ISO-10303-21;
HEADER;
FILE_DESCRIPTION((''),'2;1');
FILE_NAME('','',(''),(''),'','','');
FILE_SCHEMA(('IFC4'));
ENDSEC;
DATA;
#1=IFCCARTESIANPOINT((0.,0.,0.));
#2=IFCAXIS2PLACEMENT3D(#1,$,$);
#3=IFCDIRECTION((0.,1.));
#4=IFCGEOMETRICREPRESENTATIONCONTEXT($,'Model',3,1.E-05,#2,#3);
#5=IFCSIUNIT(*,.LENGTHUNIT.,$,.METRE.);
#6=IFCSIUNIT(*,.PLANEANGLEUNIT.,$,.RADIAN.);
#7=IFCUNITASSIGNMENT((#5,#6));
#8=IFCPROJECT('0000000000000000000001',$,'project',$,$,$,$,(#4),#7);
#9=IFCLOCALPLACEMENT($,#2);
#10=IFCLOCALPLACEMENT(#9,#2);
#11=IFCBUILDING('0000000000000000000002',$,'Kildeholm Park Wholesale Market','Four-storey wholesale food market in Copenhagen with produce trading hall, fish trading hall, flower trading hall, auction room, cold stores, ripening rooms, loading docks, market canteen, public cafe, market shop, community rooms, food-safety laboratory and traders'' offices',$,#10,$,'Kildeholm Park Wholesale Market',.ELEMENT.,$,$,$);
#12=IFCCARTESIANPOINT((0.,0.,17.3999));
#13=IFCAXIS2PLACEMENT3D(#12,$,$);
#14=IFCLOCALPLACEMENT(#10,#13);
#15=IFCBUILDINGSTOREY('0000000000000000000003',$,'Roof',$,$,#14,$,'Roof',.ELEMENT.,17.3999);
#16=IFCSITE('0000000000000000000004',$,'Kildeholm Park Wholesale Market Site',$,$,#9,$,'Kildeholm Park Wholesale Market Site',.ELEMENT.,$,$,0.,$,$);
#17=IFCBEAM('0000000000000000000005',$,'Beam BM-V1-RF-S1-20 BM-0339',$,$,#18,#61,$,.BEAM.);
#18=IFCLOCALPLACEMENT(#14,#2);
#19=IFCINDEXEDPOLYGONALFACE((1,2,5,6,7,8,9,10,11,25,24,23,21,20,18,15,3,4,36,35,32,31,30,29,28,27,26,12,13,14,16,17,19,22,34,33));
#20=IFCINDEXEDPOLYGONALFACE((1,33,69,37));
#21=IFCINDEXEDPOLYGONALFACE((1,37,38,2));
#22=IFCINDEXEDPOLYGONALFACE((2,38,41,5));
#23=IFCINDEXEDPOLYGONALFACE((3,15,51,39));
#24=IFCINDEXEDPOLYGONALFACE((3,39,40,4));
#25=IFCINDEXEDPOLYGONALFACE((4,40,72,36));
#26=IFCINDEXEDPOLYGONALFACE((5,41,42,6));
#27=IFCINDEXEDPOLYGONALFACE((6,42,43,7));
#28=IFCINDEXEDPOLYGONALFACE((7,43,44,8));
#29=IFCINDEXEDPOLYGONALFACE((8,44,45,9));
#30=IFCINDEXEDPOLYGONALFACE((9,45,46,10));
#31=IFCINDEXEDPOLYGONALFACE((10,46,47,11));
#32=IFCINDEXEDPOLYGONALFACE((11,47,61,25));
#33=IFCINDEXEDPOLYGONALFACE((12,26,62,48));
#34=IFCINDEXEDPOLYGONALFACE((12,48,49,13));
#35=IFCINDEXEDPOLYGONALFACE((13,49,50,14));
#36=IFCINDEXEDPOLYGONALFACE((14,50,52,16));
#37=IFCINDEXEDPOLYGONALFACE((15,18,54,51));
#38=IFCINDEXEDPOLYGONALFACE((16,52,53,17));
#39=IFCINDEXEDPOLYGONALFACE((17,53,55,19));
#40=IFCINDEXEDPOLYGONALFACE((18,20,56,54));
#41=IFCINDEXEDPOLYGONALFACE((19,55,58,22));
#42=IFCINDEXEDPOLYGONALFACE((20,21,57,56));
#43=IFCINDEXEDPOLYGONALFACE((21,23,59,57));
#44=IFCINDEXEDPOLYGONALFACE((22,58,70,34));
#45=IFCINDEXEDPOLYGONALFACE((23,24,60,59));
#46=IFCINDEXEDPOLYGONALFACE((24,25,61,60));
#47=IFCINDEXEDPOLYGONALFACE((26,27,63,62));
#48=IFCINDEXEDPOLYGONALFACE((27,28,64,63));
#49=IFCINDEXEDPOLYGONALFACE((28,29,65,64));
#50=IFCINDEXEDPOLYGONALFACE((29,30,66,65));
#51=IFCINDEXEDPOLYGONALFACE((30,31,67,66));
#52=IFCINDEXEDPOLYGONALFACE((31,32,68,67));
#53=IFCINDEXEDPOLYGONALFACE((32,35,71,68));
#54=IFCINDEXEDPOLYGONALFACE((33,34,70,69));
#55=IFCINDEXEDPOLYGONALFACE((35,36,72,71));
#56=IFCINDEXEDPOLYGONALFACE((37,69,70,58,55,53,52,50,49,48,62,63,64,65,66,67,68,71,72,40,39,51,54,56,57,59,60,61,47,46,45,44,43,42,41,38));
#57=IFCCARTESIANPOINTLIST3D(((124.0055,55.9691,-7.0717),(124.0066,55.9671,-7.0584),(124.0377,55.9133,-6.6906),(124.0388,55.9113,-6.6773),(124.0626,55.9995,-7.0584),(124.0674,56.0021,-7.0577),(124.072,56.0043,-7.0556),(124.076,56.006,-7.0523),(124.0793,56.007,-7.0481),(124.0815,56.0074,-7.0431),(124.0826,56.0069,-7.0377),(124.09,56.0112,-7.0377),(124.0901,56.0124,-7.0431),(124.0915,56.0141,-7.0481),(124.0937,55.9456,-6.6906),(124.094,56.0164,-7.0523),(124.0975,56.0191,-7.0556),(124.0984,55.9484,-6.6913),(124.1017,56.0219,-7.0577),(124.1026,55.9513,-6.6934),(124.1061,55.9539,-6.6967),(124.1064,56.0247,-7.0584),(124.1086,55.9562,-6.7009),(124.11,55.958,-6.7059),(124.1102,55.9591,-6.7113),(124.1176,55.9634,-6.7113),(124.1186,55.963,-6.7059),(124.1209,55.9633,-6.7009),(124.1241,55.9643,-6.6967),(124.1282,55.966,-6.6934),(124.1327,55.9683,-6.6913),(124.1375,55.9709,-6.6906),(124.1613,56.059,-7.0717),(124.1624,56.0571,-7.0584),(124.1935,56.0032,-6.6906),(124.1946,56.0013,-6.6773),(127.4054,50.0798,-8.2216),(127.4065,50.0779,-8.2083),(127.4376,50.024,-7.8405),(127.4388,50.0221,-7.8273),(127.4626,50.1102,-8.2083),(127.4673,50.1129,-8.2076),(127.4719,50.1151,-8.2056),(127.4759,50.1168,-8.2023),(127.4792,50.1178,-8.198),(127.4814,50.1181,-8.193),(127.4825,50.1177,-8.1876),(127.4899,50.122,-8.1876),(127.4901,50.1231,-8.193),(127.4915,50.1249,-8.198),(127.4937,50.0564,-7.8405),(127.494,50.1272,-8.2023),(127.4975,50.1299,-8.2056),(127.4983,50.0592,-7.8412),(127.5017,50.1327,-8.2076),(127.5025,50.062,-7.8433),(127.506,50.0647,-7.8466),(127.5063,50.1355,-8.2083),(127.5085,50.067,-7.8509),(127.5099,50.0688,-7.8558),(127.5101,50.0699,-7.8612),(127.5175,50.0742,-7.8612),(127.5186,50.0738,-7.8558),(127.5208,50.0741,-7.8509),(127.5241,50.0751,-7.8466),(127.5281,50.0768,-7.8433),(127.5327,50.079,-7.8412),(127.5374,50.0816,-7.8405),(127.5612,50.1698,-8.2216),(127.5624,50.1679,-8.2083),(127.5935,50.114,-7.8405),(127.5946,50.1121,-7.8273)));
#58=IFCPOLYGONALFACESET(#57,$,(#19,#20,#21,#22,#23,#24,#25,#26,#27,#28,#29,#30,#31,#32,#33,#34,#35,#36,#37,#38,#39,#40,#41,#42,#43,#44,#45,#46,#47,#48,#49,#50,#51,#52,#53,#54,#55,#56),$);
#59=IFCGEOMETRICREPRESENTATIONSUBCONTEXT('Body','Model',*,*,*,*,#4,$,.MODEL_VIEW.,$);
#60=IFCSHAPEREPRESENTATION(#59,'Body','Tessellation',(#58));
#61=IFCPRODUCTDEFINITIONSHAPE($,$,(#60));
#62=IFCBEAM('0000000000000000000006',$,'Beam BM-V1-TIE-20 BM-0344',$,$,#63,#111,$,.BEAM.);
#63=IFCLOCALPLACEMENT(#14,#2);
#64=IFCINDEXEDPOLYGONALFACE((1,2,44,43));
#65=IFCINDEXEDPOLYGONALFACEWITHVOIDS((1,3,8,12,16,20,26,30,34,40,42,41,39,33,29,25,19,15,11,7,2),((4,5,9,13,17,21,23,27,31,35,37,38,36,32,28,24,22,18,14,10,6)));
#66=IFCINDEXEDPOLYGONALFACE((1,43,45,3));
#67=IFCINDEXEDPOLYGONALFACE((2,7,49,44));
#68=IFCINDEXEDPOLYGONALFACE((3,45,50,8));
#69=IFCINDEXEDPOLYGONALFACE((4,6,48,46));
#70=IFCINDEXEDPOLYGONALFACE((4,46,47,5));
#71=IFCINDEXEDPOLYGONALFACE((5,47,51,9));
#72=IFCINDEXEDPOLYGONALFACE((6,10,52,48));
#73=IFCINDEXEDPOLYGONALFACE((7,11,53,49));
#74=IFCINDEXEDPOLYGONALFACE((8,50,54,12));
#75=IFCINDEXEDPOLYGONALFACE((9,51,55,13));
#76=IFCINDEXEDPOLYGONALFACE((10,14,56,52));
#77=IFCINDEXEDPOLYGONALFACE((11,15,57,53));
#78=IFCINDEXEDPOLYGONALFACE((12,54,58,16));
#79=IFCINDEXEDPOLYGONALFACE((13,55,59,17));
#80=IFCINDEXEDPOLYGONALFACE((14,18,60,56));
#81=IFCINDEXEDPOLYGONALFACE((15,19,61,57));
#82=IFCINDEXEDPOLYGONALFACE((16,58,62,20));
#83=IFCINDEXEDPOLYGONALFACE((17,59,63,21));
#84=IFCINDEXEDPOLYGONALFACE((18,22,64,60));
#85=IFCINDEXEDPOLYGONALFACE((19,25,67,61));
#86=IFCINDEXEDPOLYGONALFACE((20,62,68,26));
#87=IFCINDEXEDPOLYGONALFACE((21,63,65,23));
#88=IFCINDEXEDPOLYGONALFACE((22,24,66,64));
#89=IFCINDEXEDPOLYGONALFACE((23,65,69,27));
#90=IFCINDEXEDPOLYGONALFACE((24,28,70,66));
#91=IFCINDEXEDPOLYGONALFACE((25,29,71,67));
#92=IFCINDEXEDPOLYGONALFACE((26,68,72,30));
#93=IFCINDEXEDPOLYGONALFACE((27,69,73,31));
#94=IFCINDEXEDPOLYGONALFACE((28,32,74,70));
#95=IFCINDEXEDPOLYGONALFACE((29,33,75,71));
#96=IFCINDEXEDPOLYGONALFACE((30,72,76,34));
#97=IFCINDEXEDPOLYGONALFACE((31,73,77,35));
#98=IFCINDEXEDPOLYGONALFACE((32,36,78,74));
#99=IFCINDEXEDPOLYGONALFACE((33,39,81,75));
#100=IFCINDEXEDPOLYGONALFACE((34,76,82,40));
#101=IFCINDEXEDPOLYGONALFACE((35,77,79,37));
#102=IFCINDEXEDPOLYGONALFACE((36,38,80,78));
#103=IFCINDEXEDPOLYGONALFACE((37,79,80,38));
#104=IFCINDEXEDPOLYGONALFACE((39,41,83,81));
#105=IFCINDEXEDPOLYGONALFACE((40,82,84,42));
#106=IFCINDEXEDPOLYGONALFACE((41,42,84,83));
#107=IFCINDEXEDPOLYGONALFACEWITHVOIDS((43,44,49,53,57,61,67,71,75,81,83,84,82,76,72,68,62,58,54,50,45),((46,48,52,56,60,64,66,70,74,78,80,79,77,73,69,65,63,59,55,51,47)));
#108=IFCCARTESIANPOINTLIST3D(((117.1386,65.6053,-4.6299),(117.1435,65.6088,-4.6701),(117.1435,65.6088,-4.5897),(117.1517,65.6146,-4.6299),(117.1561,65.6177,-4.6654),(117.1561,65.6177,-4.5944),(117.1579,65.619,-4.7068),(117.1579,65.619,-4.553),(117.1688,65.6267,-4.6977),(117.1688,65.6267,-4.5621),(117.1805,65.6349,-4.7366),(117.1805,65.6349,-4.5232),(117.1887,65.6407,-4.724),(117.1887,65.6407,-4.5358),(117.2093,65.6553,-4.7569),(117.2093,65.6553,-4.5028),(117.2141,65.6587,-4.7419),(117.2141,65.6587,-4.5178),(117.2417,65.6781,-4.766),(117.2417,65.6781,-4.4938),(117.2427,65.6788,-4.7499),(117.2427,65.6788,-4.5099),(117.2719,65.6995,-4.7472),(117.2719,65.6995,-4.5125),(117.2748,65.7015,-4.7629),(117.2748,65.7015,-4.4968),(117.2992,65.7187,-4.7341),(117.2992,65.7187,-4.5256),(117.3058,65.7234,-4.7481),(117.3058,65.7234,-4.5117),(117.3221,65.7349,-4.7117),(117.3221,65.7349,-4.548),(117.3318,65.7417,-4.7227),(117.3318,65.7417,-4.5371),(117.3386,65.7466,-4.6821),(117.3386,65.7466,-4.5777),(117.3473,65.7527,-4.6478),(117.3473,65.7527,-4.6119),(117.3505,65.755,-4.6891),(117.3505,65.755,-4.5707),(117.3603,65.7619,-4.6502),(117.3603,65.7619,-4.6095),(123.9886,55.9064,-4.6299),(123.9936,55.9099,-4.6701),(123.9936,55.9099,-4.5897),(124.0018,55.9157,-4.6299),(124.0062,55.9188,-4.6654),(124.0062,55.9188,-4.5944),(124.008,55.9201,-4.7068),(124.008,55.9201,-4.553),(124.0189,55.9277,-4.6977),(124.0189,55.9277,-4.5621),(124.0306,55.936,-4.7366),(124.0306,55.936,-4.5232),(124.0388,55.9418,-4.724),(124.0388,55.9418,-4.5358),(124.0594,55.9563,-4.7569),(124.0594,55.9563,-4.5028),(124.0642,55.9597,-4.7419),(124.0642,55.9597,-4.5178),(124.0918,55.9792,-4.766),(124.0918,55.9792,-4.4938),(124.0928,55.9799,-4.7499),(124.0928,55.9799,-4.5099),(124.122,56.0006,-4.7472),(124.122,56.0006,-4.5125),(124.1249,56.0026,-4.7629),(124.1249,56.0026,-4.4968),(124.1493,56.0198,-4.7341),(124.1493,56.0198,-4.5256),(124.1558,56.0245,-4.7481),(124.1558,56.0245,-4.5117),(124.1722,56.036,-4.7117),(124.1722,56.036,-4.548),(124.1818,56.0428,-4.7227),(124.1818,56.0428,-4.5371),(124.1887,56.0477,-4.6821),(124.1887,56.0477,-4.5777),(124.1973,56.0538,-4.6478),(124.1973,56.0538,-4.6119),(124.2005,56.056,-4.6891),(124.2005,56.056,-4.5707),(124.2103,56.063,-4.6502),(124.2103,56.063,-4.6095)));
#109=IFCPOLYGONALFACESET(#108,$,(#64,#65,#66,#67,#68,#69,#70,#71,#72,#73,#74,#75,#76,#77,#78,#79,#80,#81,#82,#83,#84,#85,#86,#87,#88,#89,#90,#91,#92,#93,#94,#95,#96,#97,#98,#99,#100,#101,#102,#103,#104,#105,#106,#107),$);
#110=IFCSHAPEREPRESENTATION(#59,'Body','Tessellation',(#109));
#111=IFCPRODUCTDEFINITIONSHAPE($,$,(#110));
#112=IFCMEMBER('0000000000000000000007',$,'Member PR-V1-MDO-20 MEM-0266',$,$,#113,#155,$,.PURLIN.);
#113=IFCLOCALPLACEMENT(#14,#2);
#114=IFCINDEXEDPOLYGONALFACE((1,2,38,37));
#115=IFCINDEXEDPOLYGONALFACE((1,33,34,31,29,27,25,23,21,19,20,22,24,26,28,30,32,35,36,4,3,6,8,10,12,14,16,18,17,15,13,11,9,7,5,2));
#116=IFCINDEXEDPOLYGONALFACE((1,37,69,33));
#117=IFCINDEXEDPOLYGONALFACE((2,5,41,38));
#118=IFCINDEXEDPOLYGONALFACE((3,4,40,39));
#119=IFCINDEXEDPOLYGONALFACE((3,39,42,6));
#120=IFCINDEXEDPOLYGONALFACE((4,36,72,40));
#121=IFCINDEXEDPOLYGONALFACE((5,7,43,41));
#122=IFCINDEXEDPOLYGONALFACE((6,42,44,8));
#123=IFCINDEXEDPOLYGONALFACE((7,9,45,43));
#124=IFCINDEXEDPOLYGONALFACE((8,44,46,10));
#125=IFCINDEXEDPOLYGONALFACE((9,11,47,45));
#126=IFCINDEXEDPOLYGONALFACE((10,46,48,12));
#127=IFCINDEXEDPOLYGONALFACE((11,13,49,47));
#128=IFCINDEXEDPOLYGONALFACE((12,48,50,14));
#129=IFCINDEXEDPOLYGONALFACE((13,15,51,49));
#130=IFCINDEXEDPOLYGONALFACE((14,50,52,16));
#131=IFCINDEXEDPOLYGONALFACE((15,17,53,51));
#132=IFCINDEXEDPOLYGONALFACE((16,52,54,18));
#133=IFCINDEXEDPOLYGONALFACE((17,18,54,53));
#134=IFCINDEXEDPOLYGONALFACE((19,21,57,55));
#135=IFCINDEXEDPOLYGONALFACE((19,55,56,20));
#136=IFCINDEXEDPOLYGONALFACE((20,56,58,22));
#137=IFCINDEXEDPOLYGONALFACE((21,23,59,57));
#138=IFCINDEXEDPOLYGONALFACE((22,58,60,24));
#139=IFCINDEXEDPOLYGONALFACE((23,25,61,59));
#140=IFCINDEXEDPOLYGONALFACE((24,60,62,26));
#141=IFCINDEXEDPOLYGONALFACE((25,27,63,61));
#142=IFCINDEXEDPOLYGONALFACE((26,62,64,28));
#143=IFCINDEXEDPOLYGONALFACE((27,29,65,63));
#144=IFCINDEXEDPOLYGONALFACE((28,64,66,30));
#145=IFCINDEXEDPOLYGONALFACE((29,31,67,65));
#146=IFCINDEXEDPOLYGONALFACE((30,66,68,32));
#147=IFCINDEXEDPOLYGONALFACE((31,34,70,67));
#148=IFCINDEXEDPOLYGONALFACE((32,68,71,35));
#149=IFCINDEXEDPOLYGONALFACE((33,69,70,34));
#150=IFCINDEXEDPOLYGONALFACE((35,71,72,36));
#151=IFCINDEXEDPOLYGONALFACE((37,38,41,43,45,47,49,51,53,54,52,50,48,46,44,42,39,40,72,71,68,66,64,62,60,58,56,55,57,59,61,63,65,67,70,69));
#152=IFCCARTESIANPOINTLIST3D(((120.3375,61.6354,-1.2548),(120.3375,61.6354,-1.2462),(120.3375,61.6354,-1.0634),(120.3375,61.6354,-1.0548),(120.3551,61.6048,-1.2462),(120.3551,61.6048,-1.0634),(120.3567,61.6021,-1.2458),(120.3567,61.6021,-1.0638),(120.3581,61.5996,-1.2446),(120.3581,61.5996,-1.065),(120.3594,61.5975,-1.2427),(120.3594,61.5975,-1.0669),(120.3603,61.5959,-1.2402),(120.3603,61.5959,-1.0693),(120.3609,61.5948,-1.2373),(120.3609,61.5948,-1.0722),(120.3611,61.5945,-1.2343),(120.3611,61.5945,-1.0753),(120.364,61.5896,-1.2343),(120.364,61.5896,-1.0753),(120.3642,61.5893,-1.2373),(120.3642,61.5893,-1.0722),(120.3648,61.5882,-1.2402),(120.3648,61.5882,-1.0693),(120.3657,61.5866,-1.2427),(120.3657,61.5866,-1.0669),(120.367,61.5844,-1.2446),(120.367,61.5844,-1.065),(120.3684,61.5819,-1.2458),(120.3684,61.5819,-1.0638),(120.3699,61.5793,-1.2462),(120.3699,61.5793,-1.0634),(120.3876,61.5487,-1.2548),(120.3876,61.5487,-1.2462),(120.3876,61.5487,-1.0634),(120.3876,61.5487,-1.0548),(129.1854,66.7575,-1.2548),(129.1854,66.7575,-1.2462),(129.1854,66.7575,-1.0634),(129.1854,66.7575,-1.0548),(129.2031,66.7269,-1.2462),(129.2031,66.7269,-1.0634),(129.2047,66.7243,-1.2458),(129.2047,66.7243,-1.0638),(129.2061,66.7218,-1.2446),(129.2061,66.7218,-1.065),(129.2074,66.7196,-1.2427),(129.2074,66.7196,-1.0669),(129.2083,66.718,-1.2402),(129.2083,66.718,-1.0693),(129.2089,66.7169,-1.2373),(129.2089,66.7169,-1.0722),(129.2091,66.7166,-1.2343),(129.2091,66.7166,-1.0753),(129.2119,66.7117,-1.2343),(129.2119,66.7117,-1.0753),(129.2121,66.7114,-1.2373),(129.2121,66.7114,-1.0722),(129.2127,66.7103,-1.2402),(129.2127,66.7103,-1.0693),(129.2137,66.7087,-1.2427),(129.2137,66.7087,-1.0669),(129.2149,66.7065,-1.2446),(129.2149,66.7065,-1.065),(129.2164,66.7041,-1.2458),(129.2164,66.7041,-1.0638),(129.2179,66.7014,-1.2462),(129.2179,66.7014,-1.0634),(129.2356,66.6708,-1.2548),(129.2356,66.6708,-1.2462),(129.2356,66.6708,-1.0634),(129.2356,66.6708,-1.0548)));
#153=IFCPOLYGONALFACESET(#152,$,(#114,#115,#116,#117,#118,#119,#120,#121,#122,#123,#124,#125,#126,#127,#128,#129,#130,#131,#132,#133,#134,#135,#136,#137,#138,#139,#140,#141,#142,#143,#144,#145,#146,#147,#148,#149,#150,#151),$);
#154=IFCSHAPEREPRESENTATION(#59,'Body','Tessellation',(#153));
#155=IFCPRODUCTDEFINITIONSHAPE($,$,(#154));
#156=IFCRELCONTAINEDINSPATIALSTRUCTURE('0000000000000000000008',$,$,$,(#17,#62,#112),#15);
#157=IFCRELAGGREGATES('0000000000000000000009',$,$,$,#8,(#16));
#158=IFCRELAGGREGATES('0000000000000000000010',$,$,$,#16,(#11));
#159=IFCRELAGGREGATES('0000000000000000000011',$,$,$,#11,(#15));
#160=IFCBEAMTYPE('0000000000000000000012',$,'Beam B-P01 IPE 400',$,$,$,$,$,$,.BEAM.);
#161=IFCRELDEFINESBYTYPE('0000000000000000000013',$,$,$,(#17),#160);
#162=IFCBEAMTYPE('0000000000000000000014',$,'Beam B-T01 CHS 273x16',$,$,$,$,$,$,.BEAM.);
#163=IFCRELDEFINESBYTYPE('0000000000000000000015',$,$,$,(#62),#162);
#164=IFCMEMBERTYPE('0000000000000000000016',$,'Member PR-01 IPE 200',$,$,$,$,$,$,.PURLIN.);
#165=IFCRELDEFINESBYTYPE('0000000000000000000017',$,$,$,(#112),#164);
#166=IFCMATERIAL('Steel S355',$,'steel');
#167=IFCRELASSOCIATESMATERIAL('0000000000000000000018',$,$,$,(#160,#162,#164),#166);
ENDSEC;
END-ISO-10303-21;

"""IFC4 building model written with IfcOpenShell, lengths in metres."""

from ifc_helpers import new_model, si_unit, direction, frame, origin, origin_2d, place, context, subcontext, project, spatial, hollow_circle, i_section, extrude, material, material_profile, profile_set, type_object, element, save


model = new_model("IFC4")

# Units and contexts
model_context = context("Model", 3, precision=1e-05, world=origin(), true_north=direction((0.0, 1.0)))
body_context = subcontext(model_context, "Body", "Model", "MODEL_VIEW")
ifc_project = project(units=[si_unit("LENGTHUNIT", "METRE"), si_unit("PLANEANGLEUNIT", "RADIAN")], contexts=[model_context])

# Site, building, storey
site_placement = place(None, origin())
site = spatial("IfcSite", under=ifc_project, at=site_placement, Name="Kildeholm Park Wholesale Market Site", LongName="Kildeholm Park Wholesale Market Site", CompositionType="ELEMENT", RefElevation=0.0)
building_placement = place(site_placement, origin())
building = spatial("IfcBuilding", under=site, at=building_placement, Name="Kildeholm Park Wholesale Market", Description="Four-storey wholesale food market in Copenhagen with produce trading hall, fish trading hall, flower trading hall, auction room, cold stores, ripening rooms, loading docks, market canteen, public cafe, market shop, community rooms, food-safety laboratory and traders' offices", LongName="Kildeholm Park Wholesale Market", CompositionType="ELEMENT")
storey_placement = place(building_placement, frame((0.0, 0.0, 17.3999)))
storey = spatial("IfcBuildingStorey", under=building, at=storey_placement, Name="Roof", LongName="Roof", CompositionType="ELEMENT", Elevation=17.3999)

# Beams
ifc_material_1 = material(Name="Steel S355", Category="steel")
ifc_material_profile_1 = material_profile(ifc_material_1, i_section(OverallWidth=0.1799, OverallDepth=0.3999, WebThickness=0.0085, FlangeThickness=0.0134, FilletRadius=0.021, at=origin_2d()), Name="IPE 400")
ifc_profile_set_1 = profile_set([ifc_material_profile_1], Name="Steel S355")
beam_type_1 = type_object("IfcBeamType", Name="Beam B-P01 IPE 400", PredefinedType="BEAM", material=ifc_profile_set_1)
beam_1_placement = place(storey_placement, frame((127.5, 50.0959, -8.0244), z_axis=(-0.492979, 0.853916, 0.166733), x_axis=(-0.866039, -0.499977, 0.0)))
element("IfcBeam", 1, at=beam_1_placement, inside=storey, type_object=beam_type_1, Name="Beam BM-V1-RF-S1-20 BM-0339", PredefinedType="BEAM", context=body_context, shape_type="SweptSolid", body=[
    extrude(i_section(OverallWidth=0.1799, OverallDepth=0.3999, WebThickness=0.0085, FlangeThickness=0.0134, FilletRadius=0.021, at=origin_2d()), origin(), (0.0, 0.0, 1.0), 6.8967),
])
ifc_material_profile_2 = material_profile(ifc_material_1, hollow_circle(Radius=0.1365, WallThickness=0.0161, at=origin_2d()), Name="CHS 273x16")
ifc_profile_set_2 = profile_set([ifc_material_profile_2], Name="Steel S355")
beam_type_2 = type_object("IfcBeamType", Name="Beam B-T01 CHS 273x16", PredefinedType="BEAM", material=ifc_profile_set_2)
beam_2_placement = place(storey_placement, frame((124.1001, 55.9851, -4.6299), z_axis=(-0.576895, 0.816819, 0.0), x_axis=(-0.816819, -0.576895, 0.0)))
element("IfcBeam", 2, at=beam_2_placement, inside=storey, type_object=beam_type_2, Name="Beam BM-V1-TIE-20 BM-0344", PredefinedType="BEAM", context=body_context, shape_type="SweptSolid", body=[
    extrude(hollow_circle(Radius=0.1365, WallThickness=0.0161, at=origin_2d()), origin(), (0.0, 0.0, 1.0), 11.874),
])

# Member
ifc_material_profile_3 = material_profile(ifc_material_1, i_section(OverallWidth=0.1001, OverallDepth=0.2, WebThickness=0.0056, FlangeThickness=0.0085, FilletRadius=0.012, at=origin_2d()), Name="IPE 200")
ifc_profile_set_3 = profile_set([ifc_material_profile_3], Name="Steel S355")
member_type_1 = type_object("IfcMemberType", Name="Member PR-01 IPE 200", PredefinedType="PURLIN", material=ifc_profile_set_3)
member_1_placement = place(storey_placement, frame((120.3625, 61.592, -1.1548), z_axis=(0.865443, 0.501007, 0.0), x_axis=(-0.501007, 0.865443, 0.0)))
element("IfcMember", 3, at=member_1_placement, inside=storey, type_object=member_type_1, Name="Member PR-V1-MDO-20 MEM-0266", PredefinedType="PURLIN", context=body_context, shape_type="SweptSolid", body=[
    extrude(i_section(OverallWidth=0.1001, OverallDepth=0.2, WebThickness=0.0056, FlangeThickness=0.0085, FilletRadius=0.012, at=origin_2d()), origin(), (0.0, 0.0, 1.0), 10.2236),
])

save(model, "model.ifc")
